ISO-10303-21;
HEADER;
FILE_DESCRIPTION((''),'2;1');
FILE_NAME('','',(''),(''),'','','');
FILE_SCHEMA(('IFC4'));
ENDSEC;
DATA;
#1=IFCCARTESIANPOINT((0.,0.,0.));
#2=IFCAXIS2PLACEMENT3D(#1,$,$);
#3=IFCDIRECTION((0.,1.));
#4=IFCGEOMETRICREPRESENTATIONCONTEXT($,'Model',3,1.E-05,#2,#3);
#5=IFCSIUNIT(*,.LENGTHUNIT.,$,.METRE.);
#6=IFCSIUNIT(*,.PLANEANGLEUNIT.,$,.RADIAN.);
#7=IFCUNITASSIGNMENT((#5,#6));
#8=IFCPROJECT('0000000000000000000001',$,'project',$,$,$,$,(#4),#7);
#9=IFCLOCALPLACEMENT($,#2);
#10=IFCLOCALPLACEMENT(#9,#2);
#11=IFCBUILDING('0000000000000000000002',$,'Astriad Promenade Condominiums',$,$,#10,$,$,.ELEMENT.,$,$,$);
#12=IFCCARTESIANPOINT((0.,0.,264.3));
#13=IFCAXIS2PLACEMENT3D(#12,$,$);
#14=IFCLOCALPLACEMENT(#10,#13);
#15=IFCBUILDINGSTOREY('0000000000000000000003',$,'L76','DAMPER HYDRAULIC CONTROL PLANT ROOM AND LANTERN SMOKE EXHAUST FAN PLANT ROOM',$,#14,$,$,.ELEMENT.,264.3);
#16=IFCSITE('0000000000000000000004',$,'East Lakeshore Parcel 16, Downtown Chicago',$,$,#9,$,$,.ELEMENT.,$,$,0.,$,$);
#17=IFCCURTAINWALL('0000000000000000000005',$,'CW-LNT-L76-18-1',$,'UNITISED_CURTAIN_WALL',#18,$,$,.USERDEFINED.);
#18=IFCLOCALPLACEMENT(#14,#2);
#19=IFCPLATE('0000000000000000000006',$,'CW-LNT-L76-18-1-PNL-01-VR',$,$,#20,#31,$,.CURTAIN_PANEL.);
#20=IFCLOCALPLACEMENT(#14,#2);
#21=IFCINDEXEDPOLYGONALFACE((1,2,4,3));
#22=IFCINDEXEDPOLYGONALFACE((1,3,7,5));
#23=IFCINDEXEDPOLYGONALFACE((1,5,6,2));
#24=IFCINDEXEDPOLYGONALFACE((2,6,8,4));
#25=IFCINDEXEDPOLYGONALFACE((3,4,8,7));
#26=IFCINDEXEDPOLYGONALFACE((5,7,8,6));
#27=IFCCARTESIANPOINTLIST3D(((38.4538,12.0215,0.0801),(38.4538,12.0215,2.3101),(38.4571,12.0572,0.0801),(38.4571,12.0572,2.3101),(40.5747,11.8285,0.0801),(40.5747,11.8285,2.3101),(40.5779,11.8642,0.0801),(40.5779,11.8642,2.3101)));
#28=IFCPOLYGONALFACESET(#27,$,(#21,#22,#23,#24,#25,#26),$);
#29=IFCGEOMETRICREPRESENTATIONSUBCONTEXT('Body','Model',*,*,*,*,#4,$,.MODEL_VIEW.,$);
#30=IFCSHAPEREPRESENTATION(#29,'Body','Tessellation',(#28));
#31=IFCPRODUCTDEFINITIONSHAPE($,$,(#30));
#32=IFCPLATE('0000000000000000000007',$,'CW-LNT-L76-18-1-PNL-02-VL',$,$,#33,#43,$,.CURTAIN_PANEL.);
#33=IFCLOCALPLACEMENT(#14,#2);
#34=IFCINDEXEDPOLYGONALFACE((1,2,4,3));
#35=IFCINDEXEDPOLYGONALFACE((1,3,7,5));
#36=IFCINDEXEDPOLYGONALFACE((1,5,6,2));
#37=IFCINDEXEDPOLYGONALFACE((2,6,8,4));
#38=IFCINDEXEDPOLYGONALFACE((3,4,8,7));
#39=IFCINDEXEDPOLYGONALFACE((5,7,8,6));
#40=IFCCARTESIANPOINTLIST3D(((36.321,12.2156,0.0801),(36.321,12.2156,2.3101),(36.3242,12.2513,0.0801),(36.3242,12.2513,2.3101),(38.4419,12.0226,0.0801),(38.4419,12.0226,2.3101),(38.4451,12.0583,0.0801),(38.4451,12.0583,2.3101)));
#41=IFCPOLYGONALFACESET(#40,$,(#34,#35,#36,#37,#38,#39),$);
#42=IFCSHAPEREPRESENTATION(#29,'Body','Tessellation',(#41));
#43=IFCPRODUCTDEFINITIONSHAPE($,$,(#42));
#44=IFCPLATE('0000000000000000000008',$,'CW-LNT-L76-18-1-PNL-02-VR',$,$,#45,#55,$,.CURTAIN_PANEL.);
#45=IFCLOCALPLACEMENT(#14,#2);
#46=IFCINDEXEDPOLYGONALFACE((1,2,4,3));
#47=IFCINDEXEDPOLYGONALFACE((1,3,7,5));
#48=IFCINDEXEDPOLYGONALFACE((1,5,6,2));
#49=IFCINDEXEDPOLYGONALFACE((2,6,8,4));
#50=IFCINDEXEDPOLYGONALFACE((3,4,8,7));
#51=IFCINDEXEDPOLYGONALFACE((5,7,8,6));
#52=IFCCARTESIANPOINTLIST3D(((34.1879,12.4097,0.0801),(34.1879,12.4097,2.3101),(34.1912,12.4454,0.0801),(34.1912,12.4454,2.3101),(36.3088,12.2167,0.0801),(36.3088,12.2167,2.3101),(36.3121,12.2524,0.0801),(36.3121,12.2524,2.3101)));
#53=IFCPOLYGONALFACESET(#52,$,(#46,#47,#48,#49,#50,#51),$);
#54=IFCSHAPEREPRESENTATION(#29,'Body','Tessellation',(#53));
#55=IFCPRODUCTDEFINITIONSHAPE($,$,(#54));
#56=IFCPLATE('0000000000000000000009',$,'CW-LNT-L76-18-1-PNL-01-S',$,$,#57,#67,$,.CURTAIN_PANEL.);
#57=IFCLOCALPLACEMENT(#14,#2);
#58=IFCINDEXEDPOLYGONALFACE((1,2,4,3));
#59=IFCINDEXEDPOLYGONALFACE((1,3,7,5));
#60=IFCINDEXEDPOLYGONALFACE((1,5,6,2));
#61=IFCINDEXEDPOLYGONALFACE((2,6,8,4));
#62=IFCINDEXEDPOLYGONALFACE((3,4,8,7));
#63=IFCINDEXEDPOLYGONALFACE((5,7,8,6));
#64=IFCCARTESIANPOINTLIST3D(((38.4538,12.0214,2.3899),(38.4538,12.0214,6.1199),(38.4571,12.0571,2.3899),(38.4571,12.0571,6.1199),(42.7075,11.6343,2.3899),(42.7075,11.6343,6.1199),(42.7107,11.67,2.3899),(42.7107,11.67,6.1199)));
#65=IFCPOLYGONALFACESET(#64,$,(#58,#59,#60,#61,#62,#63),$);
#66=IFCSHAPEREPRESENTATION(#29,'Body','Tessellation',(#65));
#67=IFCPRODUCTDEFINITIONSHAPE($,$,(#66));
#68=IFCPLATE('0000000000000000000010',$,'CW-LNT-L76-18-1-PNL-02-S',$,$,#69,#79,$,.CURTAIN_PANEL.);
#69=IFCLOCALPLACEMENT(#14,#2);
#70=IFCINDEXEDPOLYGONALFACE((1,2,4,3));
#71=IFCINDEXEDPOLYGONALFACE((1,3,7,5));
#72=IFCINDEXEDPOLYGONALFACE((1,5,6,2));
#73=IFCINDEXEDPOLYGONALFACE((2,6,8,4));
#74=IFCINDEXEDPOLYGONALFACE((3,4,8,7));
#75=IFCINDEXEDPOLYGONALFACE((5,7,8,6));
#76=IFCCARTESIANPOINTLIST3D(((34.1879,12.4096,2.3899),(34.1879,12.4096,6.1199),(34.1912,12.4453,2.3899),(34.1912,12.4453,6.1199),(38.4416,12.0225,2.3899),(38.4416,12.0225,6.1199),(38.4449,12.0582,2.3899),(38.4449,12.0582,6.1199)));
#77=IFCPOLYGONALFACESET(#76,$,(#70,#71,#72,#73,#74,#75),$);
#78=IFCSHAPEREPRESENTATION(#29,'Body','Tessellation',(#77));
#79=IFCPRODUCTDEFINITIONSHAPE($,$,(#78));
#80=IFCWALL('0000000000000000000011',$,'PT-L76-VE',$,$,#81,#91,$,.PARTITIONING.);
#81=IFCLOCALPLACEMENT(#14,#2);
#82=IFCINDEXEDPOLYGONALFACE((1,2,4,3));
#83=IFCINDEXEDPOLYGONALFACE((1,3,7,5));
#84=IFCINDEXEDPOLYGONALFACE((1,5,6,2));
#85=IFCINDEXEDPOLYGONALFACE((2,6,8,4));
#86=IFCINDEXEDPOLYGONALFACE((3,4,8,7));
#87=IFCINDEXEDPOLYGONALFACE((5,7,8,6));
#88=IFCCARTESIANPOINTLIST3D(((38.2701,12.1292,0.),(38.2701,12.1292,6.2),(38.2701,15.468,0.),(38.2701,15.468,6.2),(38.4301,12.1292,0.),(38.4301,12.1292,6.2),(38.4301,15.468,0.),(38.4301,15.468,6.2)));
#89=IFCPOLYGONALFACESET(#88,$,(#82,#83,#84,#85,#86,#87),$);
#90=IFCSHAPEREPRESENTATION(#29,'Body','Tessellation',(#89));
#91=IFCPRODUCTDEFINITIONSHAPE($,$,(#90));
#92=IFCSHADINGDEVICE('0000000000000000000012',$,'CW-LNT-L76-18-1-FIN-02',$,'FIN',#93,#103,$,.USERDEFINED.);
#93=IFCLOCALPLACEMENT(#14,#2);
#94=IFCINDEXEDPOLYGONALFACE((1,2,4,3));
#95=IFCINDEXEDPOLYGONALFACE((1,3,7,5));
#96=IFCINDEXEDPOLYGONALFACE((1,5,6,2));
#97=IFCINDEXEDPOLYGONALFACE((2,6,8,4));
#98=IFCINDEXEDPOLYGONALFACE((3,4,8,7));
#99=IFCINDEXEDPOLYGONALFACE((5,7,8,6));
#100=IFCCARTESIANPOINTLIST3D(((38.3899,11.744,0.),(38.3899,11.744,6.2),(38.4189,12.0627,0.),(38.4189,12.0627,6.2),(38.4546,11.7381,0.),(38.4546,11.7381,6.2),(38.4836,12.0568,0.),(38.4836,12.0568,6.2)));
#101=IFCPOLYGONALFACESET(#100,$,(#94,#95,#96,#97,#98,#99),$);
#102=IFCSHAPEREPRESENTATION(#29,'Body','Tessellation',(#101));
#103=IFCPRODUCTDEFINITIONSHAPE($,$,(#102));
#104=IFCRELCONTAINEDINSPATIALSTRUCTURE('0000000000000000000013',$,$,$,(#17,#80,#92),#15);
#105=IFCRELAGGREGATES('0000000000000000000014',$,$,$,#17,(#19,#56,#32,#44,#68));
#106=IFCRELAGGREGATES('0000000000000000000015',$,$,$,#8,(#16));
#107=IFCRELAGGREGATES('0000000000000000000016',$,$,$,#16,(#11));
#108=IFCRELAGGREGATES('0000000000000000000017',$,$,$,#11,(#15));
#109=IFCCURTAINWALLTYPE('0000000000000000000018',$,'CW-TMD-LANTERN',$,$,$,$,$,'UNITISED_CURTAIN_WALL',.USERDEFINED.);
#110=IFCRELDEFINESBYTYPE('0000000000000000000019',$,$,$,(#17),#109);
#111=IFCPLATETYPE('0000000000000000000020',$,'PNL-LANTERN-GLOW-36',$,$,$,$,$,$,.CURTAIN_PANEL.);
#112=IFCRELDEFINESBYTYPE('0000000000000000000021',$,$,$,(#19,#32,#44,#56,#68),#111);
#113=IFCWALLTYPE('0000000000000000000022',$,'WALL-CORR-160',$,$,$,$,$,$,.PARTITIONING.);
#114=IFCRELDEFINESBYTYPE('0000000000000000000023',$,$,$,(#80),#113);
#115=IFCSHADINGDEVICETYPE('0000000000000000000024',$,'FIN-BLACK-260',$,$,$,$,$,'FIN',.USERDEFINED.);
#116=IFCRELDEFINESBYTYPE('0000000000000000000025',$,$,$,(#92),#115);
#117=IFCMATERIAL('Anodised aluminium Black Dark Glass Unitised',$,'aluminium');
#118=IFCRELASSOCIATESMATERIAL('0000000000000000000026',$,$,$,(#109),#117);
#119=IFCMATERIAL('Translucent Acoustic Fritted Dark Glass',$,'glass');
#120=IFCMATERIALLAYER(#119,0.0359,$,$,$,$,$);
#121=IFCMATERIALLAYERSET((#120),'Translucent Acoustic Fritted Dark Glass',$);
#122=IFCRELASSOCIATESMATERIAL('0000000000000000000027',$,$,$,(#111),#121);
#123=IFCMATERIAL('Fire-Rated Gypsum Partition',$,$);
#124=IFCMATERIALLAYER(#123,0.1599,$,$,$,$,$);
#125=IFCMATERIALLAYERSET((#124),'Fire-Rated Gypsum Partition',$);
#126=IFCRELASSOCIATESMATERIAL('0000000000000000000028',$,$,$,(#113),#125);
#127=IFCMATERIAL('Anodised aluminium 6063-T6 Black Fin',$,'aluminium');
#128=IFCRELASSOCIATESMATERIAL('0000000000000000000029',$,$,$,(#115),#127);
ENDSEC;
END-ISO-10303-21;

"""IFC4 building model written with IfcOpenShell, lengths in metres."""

from ifc_helpers import new_model, si_unit, direction, frame, frame_2d, origin, origin_2d, place, context, subcontext, project, spatial, rectangle, extrude, source, transform, mapped, material, layer, layer_set, type_object, type_shapes, element, aggregate, save


model = new_model("IFC4")

# Units and contexts
model_context = context("Model", 3, precision=1e-05, world=origin(), true_north=direction((0.0, 1.0)))
body_context = subcontext(model_context, "Body", "Model", "MODEL_VIEW")
ifc_project = project(units=[si_unit("LENGTHUNIT", "METRE"), si_unit("PLANEANGLEUNIT", "RADIAN")], contexts=[model_context])

# Site, building, storey
site_placement = place(None, origin())
site = spatial("IfcSite", under=ifc_project, at=site_placement, Name="East Lakeshore Parcel 16, Downtown Chicago", CompositionType="ELEMENT", RefElevation=0.0)
building_placement = place(site_placement, origin())
building = spatial("IfcBuilding", under=site, at=building_placement, Name="Astriad Promenade Condominiums", CompositionType="ELEMENT")
storey_placement = place(building_placement, frame((0.0, 0.0, 264.3)))
storey = spatial("IfcBuildingStorey", under=building, at=storey_placement, Name="L76", Description="DAMPER HYDRAULIC CONTROL PLANT ROOM AND LANTERN SMOKE EXHAUST FAN PLANT ROOM", CompositionType="ELEMENT", Elevation=264.3)

# Curtain wall
ifc_material_1 = material(Name="Anodised aluminium Black Dark Glass Unitised", Category="aluminium")
curtain_wall_type = type_object("IfcCurtainWallType", Name="CW-TMD-LANTERN", ElementType="UNITISED_CURTAIN_WALL", PredefinedType="USERDEFINED", material=ifc_material_1)
curtain_wall_placement = place(storey_placement, origin())
curtain_wall = element("IfcCurtainWall", 1, at=curtain_wall_placement, inside=storey, type_object=curtain_wall_type, Name="CW-LNT-L76-18-1", ObjectType="UNITISED_CURTAIN_WALL", PredefinedType="USERDEFINED")

# Plates
ifc_material_2 = material(Name="Translucent Acoustic Fritted Dark Glass", Category="glass")
ifc_layer_1 = layer(ifc_material_2, 0.0359)
ifc_layer_set_1 = layer_set([ifc_layer_1], Name="Translucent Acoustic Fritted Dark Glass")
plate_type_1 = type_object("IfcPlateType", Name="PNL-LANTERN-GLOW-36", PredefinedType="CURTAIN_PANEL", material=ifc_layer_set_1)
shared_shape_1 = source(origin(), body_context, "Body", "SweptSolid", [
    extrude(rectangle(XDim=2.1296, YDim=0.0359, at=origin_2d()), origin(), (0.0, 0.0, 1.0), 2.23),
])
plate_1_placement = place(storey_placement, frame((39.5159, 11.9429, 0.0801), z_axis=(0.0, 0.0, 1.0), x_axis=(-0.995884, 0.090633, 0.0)))
plate_1 = element("IfcPlate", 2, at=plate_1_placement, type_object=plate_type_1, Name="CW-LNT-L76-18-1-PNL-01-VR", PredefinedType="CURTAIN_PANEL", context=body_context, shape_type="MappedRepresentation", body=[
    mapped(shared_shape_1, transform((0.0, 0.0, 0.0), scale=1.0)),
])
plate_2_placement = place(storey_placement, frame((37.3831, 12.137, 0.0801), z_axis=(0.0, 0.0, 1.0), x_axis=(-0.995884, 0.090633, 0.0)))
plate_2 = element("IfcPlate", 3, at=plate_2_placement, type_object=plate_type_1, Name="CW-LNT-L76-18-1-PNL-02-VL", PredefinedType="CURTAIN_PANEL", context=body_context, shape_type="MappedRepresentation", body=[
    mapped(shared_shape_1, transform((0.0, 0.0, 0.0), scale=1.0)),
])
plate_3_placement = place(storey_placement, frame((35.25, 12.3311, 0.0801), z_axis=(0.0, 0.0, 1.0), x_axis=(-0.995884, 0.090633, 0.0)))
plate_3 = element("IfcPlate", 4, at=plate_3_placement, type_object=plate_type_1, Name="CW-LNT-L76-18-1-PNL-02-VR", PredefinedType="CURTAIN_PANEL", context=body_context, shape_type="MappedRepresentation", body=[
    mapped(shared_shape_1, transform((0.0, 0.0, 0.0), scale=1.0)),
])
shared_shape_2 = source(origin(), body_context, "Body", "SweptSolid", [
    extrude(rectangle(XDim=4.2712, YDim=0.0359, at=origin_2d()), origin(), (0.0, 0.0, 1.0), 3.73),
])
type_shapes(plate_type_1, [shared_shape_1, shared_shape_2])
plate_4_placement = place(storey_placement, frame((40.5823, 11.8457, 2.3899), z_axis=(0.0, 0.0, 1.0), x_axis=(-0.995884, 0.090633, 0.0)))
plate_4 = element("IfcPlate", 5, at=plate_4_placement, type_object=plate_type_1, Name="CW-LNT-L76-18-1-PNL-01-S", PredefinedType="CURTAIN_PANEL", context=body_context, shape_type="MappedRepresentation", body=[
    mapped(shared_shape_2, transform((0.0, 0.0, 0.0), scale=1.0)),
])
plate_5_placement = place(storey_placement, frame((36.3164, 12.2339, 2.3899), z_axis=(0.0, 0.0, 1.0), x_axis=(-0.995884, 0.090633, 0.0)))
plate_5 = element("IfcPlate", 6, at=plate_5_placement, type_object=plate_type_1, Name="CW-LNT-L76-18-1-PNL-02-S", PredefinedType="CURTAIN_PANEL", context=body_context, shape_type="MappedRepresentation", body=[
    mapped(shared_shape_2, transform((0.0, 0.0, 0.0), scale=1.0)),
])
aggregate(curtain_wall, [plate_1, plate_4, plate_2, plate_3, plate_5])

# Wall
ifc_material_3 = material(Name="Fire-Rated Gypsum Partition")
ifc_layer_2 = layer(ifc_material_3, 0.1599)
ifc_layer_set_2 = layer_set([ifc_layer_2], Name="Fire-Rated Gypsum Partition")
wall_type = type_object("IfcWallType", Name="WALL-CORR-160", PredefinedType="PARTITIONING", material=ifc_layer_set_2)
wall_placement = place(storey_placement, frame((38.3501, 12.1292, 0.0), z_axis=(0.0, 0.0, 1.0), x_axis=(0.0, 1.0, 0.0)))
element("IfcWall", 7, at=wall_placement, inside=storey, type_object=wall_type, Name="PT-L76-VE", PredefinedType="PARTITIONING", context=body_context, shape_type="SweptSolid", body=[
    extrude(rectangle(XDim=3.3389, YDim=0.1599, at=frame_2d((1.6694, 0.0))), origin(), (0.0, 0.0, 1.0), 6.2),
])

# Shading device
ifc_material_4 = material(Name="Anodised aluminium 6063-T6 Black Fin", Category="aluminium")
shading_device_type = type_object("IfcShadingDeviceType", Name="FIN-BLACK-260", ElementType="FIN", PredefinedType="USERDEFINED", material=ifc_material_4)
shared_shape_3 = source(origin(), body_context, "Body", "SweptSolid", [
    extrude(rectangle(XDim=0.0649, YDim=0.3201, at=origin_2d()), origin(), (0.0, 0.0, 1.0), 6.2),
])
type_shapes(shading_device_type, [shared_shape_3])
shading_device_placement = place(storey_placement, frame((38.4368, 11.9004, 0.0), z_axis=(0.0, 0.0, 1.0), x_axis=(-0.995884, 0.090633, 0.0)))
element("IfcShadingDevice", 8, at=shading_device_placement, inside=storey, type_object=shading_device_type, Name="CW-LNT-L76-18-1-FIN-02", ObjectType="FIN", PredefinedType="USERDEFINED", context=body_context, shape_type="MappedRepresentation", body=[
    mapped(shared_shape_3, transform((0.0, 0.0, 0.0), scale=1.0)),
])

save(model, "model.ifc")
